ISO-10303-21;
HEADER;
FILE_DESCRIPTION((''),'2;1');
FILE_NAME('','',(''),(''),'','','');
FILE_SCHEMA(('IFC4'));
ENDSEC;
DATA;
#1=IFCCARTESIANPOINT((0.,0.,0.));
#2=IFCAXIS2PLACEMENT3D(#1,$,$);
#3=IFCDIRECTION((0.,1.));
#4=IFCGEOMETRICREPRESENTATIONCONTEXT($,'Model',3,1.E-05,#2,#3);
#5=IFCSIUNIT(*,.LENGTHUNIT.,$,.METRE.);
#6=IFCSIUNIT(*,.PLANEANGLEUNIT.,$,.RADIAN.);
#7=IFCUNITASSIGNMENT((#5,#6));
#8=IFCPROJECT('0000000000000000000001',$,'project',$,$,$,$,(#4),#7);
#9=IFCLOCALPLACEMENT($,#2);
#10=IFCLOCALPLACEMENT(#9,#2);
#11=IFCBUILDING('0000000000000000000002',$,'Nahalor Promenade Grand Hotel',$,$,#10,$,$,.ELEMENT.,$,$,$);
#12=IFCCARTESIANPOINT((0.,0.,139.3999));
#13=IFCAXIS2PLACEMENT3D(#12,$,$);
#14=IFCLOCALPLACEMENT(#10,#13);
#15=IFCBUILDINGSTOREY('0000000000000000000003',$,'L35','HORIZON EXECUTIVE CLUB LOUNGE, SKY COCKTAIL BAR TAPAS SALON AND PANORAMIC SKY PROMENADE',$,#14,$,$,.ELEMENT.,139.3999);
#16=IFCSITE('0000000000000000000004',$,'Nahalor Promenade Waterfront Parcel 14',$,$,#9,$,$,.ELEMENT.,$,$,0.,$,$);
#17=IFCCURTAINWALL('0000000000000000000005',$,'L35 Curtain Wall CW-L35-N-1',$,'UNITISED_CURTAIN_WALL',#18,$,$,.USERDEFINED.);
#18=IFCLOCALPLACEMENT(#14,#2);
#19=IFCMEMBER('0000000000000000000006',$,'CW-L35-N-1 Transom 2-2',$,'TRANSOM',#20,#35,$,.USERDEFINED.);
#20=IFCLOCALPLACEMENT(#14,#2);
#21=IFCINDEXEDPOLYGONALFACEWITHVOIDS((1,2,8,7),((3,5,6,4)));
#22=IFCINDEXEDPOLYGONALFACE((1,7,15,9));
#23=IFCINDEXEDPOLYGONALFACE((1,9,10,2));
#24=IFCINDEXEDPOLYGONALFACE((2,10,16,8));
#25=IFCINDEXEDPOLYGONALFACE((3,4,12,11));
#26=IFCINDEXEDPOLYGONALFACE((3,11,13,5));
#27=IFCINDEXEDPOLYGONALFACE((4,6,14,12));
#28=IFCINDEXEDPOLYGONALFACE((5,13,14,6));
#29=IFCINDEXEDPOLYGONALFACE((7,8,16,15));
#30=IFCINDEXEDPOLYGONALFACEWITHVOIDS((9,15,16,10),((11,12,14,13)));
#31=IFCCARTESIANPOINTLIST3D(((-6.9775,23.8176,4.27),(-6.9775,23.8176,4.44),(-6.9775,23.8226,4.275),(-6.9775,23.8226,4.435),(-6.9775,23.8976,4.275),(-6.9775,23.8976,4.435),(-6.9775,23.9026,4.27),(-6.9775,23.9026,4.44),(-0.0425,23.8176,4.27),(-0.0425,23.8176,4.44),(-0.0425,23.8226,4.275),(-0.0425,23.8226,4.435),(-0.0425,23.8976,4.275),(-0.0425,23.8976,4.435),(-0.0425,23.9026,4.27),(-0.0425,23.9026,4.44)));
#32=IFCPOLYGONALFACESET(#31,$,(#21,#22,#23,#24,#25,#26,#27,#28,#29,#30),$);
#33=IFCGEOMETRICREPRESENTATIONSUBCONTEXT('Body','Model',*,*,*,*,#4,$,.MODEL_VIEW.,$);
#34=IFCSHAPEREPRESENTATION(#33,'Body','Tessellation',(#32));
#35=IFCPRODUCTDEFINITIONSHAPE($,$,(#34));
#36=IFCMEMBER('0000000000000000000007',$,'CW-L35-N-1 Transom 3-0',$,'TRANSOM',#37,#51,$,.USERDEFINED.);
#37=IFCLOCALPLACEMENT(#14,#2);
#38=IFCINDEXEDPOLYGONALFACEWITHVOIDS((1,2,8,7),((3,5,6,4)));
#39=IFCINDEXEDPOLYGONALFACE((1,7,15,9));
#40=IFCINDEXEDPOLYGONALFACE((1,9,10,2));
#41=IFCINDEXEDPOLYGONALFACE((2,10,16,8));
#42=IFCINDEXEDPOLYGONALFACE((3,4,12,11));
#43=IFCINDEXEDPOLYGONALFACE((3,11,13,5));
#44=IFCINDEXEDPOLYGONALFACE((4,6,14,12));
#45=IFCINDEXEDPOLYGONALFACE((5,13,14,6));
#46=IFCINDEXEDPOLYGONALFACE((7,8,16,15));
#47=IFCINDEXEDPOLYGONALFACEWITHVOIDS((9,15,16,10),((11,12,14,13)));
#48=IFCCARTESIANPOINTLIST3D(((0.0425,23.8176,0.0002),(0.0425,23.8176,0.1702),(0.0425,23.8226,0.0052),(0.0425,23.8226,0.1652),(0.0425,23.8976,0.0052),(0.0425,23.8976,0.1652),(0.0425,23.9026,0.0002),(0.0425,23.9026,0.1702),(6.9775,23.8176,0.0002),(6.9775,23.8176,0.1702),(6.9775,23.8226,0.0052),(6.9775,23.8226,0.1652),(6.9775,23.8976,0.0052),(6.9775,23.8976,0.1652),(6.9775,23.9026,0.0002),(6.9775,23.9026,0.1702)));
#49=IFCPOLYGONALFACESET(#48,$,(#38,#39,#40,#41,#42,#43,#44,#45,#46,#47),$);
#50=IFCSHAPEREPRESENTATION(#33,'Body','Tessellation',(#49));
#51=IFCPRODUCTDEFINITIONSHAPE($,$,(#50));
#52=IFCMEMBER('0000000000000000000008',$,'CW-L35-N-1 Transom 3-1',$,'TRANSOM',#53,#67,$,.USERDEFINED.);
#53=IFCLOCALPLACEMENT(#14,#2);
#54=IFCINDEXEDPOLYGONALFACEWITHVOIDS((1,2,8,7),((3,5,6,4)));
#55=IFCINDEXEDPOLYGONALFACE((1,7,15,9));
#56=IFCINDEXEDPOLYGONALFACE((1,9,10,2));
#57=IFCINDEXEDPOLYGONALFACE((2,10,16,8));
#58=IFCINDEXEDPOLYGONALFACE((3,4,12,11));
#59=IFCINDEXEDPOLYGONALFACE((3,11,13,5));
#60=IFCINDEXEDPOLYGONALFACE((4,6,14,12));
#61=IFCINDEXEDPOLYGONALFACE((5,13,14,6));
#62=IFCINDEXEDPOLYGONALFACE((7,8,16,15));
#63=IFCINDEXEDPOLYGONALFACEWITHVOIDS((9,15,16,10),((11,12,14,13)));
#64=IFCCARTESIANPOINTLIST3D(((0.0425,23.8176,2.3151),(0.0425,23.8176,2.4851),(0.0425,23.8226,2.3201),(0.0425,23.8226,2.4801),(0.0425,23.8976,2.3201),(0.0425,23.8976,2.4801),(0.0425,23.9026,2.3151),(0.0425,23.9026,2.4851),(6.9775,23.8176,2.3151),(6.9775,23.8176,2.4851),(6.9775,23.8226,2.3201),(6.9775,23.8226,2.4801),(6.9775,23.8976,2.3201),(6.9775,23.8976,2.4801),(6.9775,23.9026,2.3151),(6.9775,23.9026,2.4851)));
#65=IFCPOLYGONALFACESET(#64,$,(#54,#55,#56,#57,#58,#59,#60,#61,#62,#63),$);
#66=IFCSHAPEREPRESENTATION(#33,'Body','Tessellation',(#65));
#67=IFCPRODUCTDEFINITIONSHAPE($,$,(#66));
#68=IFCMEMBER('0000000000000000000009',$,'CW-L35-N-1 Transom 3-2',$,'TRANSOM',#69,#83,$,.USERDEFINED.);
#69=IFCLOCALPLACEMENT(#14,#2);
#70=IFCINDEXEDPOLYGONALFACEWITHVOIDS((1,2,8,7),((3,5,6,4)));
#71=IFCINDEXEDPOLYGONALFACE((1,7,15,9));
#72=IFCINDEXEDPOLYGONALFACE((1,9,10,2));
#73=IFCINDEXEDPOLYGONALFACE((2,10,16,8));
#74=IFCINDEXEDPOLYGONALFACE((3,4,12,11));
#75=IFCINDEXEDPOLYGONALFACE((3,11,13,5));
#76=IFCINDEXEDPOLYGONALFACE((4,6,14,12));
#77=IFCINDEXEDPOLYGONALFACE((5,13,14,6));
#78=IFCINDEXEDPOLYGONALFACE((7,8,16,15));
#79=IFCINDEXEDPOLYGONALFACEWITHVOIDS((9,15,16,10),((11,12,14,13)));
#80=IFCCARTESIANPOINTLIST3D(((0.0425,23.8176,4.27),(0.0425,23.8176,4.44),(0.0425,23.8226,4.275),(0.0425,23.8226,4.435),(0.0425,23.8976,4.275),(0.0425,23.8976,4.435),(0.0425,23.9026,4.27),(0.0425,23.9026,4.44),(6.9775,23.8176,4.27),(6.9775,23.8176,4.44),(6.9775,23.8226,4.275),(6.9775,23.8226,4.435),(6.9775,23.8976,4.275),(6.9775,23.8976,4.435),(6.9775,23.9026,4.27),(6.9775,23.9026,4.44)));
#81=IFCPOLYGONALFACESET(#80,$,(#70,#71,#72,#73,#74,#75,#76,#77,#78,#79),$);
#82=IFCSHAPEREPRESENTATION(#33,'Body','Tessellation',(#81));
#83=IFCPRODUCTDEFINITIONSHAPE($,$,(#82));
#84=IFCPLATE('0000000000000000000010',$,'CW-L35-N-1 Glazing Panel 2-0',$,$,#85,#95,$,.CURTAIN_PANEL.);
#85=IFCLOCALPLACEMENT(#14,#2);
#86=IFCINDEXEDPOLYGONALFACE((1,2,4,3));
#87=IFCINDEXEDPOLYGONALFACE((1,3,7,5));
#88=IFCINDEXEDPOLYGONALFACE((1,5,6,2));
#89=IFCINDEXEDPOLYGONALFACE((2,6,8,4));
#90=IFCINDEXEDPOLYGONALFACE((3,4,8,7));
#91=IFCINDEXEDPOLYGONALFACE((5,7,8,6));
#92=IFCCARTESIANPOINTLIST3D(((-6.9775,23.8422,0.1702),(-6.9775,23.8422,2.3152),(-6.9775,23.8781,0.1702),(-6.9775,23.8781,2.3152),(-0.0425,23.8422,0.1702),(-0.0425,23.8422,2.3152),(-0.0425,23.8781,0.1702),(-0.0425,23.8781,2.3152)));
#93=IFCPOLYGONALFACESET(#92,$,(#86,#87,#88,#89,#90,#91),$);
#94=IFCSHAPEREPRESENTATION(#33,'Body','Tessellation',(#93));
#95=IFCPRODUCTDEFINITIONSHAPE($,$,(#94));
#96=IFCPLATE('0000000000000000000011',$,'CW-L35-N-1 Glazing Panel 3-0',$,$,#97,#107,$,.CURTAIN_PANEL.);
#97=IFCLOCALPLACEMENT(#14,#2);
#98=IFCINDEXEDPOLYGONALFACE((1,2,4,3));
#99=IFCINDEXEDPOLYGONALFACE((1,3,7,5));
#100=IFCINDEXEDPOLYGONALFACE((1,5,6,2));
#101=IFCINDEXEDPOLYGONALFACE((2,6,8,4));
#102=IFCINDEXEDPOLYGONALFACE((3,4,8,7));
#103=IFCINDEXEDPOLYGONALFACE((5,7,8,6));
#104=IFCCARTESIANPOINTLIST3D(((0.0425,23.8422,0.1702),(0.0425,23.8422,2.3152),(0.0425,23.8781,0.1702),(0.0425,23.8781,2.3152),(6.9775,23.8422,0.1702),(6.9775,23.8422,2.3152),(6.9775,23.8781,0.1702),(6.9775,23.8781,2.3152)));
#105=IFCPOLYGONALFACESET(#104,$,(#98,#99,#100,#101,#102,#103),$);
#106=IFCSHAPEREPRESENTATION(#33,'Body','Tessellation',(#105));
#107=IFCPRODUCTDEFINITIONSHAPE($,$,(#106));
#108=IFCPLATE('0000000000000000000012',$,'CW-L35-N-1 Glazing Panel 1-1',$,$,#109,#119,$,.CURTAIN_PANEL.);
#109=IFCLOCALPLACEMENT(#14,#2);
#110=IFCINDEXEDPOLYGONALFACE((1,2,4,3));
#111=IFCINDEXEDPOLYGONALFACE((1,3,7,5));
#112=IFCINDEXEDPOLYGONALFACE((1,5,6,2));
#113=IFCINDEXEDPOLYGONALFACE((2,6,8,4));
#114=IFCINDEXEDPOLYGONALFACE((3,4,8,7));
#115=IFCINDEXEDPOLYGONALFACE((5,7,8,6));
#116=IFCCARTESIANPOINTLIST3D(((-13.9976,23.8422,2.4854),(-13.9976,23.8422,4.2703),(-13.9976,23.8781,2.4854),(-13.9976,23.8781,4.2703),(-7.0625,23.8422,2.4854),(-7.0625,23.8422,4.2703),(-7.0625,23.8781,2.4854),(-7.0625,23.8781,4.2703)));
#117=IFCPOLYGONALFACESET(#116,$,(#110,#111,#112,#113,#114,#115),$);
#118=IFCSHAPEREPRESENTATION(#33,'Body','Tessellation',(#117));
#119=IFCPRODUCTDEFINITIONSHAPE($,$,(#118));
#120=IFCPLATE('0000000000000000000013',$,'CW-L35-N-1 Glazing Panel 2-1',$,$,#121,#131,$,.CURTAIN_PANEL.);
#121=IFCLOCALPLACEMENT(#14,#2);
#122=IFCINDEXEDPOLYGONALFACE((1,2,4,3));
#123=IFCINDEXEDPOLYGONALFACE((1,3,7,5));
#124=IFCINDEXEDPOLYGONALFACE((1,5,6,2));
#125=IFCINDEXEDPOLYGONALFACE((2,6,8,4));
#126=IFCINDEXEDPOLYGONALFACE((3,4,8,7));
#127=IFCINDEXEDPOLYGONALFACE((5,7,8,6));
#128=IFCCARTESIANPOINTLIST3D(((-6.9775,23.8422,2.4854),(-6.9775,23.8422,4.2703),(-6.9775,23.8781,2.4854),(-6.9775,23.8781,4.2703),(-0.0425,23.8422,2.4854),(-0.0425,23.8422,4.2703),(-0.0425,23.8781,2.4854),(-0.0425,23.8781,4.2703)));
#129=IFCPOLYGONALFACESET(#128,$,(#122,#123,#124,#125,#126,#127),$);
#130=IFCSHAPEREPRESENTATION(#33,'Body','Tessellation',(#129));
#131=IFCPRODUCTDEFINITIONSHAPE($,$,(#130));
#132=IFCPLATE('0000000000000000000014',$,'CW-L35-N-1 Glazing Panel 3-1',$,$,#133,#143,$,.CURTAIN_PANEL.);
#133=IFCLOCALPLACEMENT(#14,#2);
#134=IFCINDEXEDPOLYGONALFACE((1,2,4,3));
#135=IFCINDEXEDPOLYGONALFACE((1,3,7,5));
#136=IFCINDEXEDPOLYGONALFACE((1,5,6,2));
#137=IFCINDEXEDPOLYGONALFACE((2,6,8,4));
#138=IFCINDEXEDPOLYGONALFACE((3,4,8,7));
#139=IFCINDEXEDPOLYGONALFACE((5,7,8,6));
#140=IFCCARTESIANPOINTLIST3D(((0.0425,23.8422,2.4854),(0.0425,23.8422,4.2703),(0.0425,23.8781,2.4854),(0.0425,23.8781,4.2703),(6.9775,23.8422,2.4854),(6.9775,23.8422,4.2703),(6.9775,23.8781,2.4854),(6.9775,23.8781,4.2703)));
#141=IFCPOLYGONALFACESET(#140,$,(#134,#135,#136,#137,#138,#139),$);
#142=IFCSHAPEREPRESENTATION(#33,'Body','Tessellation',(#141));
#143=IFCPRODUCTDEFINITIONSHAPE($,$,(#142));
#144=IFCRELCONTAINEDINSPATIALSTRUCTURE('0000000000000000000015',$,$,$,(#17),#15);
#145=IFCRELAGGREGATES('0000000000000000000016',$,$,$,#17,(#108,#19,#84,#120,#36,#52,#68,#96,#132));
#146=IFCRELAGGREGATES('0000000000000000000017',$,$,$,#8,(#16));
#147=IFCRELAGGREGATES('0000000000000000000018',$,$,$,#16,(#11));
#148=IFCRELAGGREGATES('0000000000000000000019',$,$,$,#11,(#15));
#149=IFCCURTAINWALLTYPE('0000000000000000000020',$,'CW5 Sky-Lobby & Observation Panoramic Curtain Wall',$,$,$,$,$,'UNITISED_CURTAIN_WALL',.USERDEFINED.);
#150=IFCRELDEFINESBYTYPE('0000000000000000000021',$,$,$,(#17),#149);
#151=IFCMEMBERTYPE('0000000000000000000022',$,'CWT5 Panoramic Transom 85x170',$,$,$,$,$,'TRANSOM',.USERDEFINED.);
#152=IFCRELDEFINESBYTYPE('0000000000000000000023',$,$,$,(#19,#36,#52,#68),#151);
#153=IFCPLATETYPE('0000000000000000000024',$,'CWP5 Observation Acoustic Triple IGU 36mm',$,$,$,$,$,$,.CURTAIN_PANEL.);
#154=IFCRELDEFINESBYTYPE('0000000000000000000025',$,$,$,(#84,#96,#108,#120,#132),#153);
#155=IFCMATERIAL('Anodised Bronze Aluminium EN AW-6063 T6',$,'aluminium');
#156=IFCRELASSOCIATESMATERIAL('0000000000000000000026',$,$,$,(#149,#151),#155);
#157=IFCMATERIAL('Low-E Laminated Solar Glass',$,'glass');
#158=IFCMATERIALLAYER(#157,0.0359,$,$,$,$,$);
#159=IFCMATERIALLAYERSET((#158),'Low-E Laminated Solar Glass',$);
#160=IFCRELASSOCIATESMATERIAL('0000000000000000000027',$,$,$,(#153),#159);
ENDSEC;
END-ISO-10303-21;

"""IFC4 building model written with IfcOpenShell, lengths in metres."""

from ifc_helpers import new_model, si_unit, direction, frame, origin, origin_2d, place, context, subcontext, project, spatial, rectangle, hollow_rectangle, extrude, source, transform, mapped, material, layer, layer_set, material_profile, profile_set, type_object, element, aggregate, save


model = new_model("IFC4")

# Units and contexts
model_context = context("Model", 3, precision=1e-05, world=origin(), true_north=direction((0.0, 1.0)))
body_context = subcontext(model_context, "Body", "Model", "MODEL_VIEW")
ifc_project = project(units=[si_unit("LENGTHUNIT", "METRE"), si_unit("PLANEANGLEUNIT", "RADIAN")], contexts=[model_context])

# Site, building, storey
site_placement = place(None, origin())
site = spatial("IfcSite", under=ifc_project, at=site_placement, Name="Nahalor Promenade Waterfront Parcel 14", CompositionType="ELEMENT", RefElevation=0.0)
building_placement = place(site_placement, origin())
building = spatial("IfcBuilding", under=site, at=building_placement, Name="Nahalor Promenade Grand Hotel", CompositionType="ELEMENT")
storey_placement = place(building_placement, frame((0.0, 0.0, 139.3999)))
storey = spatial("IfcBuildingStorey", under=building, at=storey_placement, Name="L35", Description="HORIZON EXECUTIVE CLUB LOUNGE, SKY COCKTAIL BAR TAPAS SALON AND PANORAMIC SKY PROMENADE", CompositionType="ELEMENT", Elevation=139.3999)

# Curtain wall, members, plates
ifc_material_1 = material(Name="Anodised Bronze Aluminium EN AW-6063 T6", Category="aluminium")
curtain_wall_type = type_object("IfcCurtainWallType", Name="CW5 Sky-Lobby & Observation Panoramic Curtain Wall", ElementType="UNITISED_CURTAIN_WALL", PredefinedType="USERDEFINED", material=ifc_material_1)
curtain_wall_placement = place(storey_placement, origin())
curtain_wall = element("IfcCurtainWall", 1, at=curtain_wall_placement, inside=storey, type_object=curtain_wall_type, Name="L35 Curtain Wall CW-L35-N-1", ObjectType="UNITISED_CURTAIN_WALL", PredefinedType="USERDEFINED")
ifc_material_profile_1 = material_profile(ifc_material_1, hollow_rectangle(XDim=0.085, YDim=0.17, WallThickness=0.005, at=origin_2d()), Name="CWT 85x170x5")
ifc_profile_set_1 = profile_set([ifc_material_profile_1], Name="Anodised Bronze Aluminium EN AW-6063 T6")
member_type_1 = type_object("IfcMemberType", Name="CWT5 Panoramic Transom 85x170", ElementType="TRANSOM", PredefinedType="USERDEFINED", material=ifc_profile_set_1)
shared_shape_1 = source(origin(), body_context, "Body", "SweptSolid", [
    extrude(hollow_rectangle(XDim=0.085, YDim=0.17, WallThickness=0.005, at=origin_2d()), origin(), (0.0, 0.0, 1.0), 6.9351),
])
member_1_placement = place(storey_placement, frame((-6.9775, 23.8601, 4.355), z_axis=(1.0, 0.0, 0.0), x_axis=(0.0, 1.0, 0.0)))
member_1 = element("IfcMember", 2, at=member_1_placement, type_object=member_type_1, Name="CW-L35-N-1 Transom 2-2", ObjectType="TRANSOM", PredefinedType="USERDEFINED", context=body_context, shape_type="MappedRepresentation", body=[
    mapped(shared_shape_1, transform((0.0, 0.0, 0.0), scale=1.0)),
])
member_2_placement = place(storey_placement, frame((0.0425, 23.8601, 0.0852), z_axis=(1.0, 0.0, 0.0), x_axis=(0.0, 1.0, 0.0)))
member_2 = element("IfcMember", 3, at=member_2_placement, type_object=member_type_1, Name="CW-L35-N-1 Transom 3-0", ObjectType="TRANSOM", PredefinedType="USERDEFINED", context=body_context, shape_type="MappedRepresentation", body=[
    mapped(shared_shape_1, transform((0.0, 0.0, 0.0), scale=1.0)),
])
member_3_placement = place(storey_placement, frame((0.0425, 23.8601, 2.4001), z_axis=(1.0, 0.0, 0.0), x_axis=(0.0, 1.0, 0.0)))
member_3 = element("IfcMember", 4, at=member_3_placement, type_object=member_type_1, Name="CW-L35-N-1 Transom 3-1", ObjectType="TRANSOM", PredefinedType="USERDEFINED", context=body_context, shape_type="MappedRepresentation", body=[
    mapped(shared_shape_1, transform((0.0, 0.0, 0.0), scale=1.0)),
])
member_4_placement = place(storey_placement, frame((0.0425, 23.8601, 4.355), z_axis=(1.0, 0.0, 0.0), x_axis=(0.0, 1.0, 0.0)))
member_4 = element("IfcMember", 5, at=member_4_placement, type_object=member_type_1, Name="CW-L35-N-1 Transom 3-2", ObjectType="TRANSOM", PredefinedType="USERDEFINED", context=body_context, shape_type="MappedRepresentation", body=[
    mapped(shared_shape_1, transform((0.0, 0.0, 0.0), scale=1.0)),
])
ifc_material_2 = material(Name="Low-E Laminated Solar Glass", Category="glass")
ifc_layer = layer(ifc_material_2, 0.0359)
ifc_layer_set = layer_set([ifc_layer], Name="Low-E Laminated Solar Glass")
plate_type = type_object("IfcPlateType", Name="CWP5 Observation Acoustic Triple IGU 36mm", PredefinedType="CURTAIN_PANEL", material=ifc_layer_set)
shared_shape_2 = source(origin(), body_context, "Body", "SweptSolid", [
    extrude(rectangle(XDim=6.9351, YDim=0.0359, at=origin_2d()), origin(), (0.0, 0.0, 1.0), 2.145),
])
plate_1_placement = place(storey_placement, frame((-3.51, 23.8601, 0.1702), z_axis=(0.0, 0.0, 1.0), x_axis=(1.0, 0.0, 0.0)))
plate_1 = element("IfcPlate", 6, at=plate_1_placement, type_object=plate_type, Name="CW-L35-N-1 Glazing Panel 2-0", PredefinedType="CURTAIN_PANEL", context=body_context, shape_type="MappedRepresentation", body=[
    mapped(shared_shape_2, transform((0.0, 0.0, 0.0), scale=1.0)),
])
plate_2_placement = place(storey_placement, frame((3.51, 23.8601, 0.1702), z_axis=(0.0, 0.0, 1.0), x_axis=(1.0, 0.0, 0.0)))
plate_2 = element("IfcPlate", 7, at=plate_2_placement, type_object=plate_type, Name="CW-L35-N-1 Glazing Panel 3-0", PredefinedType="CURTAIN_PANEL", context=body_context, shape_type="MappedRepresentation", body=[
    mapped(shared_shape_2, transform((0.0, 0.0, 0.0), scale=1.0)),
])
shared_shape_3 = source(origin(), body_context, "Body", "SweptSolid", [
    extrude(rectangle(XDim=6.9351, YDim=0.0359, at=origin_2d()), origin(), (0.0, 0.0, 1.0), 1.7849),
])
plate_3_placement = place(storey_placement, frame((-10.53, 23.8601, 2.4854), z_axis=(0.0, 0.0, 1.0), x_axis=(1.0, 0.0, 0.0)))
plate_3 = element("IfcPlate", 8, at=plate_3_placement, type_object=plate_type, Name="CW-L35-N-1 Glazing Panel 1-1", PredefinedType="CURTAIN_PANEL", context=body_context, shape_type="MappedRepresentation", body=[
    mapped(shared_shape_3, transform((0.0, 0.0, 0.0), scale=1.0)),
])
plate_4_placement = place(storey_placement, frame((-3.51, 23.8601, 2.4854), z_axis=(0.0, 0.0, 1.0), x_axis=(1.0, 0.0, 0.0)))
plate_4 = element("IfcPlate", 9, at=plate_4_placement, type_object=plate_type, Name="CW-L35-N-1 Glazing Panel 2-1", PredefinedType="CURTAIN_PANEL", context=body_context, shape_type="MappedRepresentation", body=[
    mapped(shared_shape_3, transform((0.0, 0.0, 0.0), scale=1.0)),
])
plate_5_placement = place(storey_placement, frame((3.51, 23.8601, 2.4854), z_axis=(0.0, 0.0, 1.0), x_axis=(1.0, 0.0, 0.0)))
plate_5 = element("IfcPlate", 10, at=plate_5_placement, type_object=plate_type, Name="CW-L35-N-1 Glazing Panel 3-1", PredefinedType="CURTAIN_PANEL", context=body_context, shape_type="MappedRepresentation", body=[
    mapped(shared_shape_3, transform((0.0, 0.0, 0.0), scale=1.0)),
])
aggregate(curtain_wall, [plate_3, member_1, plate_1, plate_4, member_2, member_3, member_4, plate_2, plate_5])

save(model, "model.ifc")
